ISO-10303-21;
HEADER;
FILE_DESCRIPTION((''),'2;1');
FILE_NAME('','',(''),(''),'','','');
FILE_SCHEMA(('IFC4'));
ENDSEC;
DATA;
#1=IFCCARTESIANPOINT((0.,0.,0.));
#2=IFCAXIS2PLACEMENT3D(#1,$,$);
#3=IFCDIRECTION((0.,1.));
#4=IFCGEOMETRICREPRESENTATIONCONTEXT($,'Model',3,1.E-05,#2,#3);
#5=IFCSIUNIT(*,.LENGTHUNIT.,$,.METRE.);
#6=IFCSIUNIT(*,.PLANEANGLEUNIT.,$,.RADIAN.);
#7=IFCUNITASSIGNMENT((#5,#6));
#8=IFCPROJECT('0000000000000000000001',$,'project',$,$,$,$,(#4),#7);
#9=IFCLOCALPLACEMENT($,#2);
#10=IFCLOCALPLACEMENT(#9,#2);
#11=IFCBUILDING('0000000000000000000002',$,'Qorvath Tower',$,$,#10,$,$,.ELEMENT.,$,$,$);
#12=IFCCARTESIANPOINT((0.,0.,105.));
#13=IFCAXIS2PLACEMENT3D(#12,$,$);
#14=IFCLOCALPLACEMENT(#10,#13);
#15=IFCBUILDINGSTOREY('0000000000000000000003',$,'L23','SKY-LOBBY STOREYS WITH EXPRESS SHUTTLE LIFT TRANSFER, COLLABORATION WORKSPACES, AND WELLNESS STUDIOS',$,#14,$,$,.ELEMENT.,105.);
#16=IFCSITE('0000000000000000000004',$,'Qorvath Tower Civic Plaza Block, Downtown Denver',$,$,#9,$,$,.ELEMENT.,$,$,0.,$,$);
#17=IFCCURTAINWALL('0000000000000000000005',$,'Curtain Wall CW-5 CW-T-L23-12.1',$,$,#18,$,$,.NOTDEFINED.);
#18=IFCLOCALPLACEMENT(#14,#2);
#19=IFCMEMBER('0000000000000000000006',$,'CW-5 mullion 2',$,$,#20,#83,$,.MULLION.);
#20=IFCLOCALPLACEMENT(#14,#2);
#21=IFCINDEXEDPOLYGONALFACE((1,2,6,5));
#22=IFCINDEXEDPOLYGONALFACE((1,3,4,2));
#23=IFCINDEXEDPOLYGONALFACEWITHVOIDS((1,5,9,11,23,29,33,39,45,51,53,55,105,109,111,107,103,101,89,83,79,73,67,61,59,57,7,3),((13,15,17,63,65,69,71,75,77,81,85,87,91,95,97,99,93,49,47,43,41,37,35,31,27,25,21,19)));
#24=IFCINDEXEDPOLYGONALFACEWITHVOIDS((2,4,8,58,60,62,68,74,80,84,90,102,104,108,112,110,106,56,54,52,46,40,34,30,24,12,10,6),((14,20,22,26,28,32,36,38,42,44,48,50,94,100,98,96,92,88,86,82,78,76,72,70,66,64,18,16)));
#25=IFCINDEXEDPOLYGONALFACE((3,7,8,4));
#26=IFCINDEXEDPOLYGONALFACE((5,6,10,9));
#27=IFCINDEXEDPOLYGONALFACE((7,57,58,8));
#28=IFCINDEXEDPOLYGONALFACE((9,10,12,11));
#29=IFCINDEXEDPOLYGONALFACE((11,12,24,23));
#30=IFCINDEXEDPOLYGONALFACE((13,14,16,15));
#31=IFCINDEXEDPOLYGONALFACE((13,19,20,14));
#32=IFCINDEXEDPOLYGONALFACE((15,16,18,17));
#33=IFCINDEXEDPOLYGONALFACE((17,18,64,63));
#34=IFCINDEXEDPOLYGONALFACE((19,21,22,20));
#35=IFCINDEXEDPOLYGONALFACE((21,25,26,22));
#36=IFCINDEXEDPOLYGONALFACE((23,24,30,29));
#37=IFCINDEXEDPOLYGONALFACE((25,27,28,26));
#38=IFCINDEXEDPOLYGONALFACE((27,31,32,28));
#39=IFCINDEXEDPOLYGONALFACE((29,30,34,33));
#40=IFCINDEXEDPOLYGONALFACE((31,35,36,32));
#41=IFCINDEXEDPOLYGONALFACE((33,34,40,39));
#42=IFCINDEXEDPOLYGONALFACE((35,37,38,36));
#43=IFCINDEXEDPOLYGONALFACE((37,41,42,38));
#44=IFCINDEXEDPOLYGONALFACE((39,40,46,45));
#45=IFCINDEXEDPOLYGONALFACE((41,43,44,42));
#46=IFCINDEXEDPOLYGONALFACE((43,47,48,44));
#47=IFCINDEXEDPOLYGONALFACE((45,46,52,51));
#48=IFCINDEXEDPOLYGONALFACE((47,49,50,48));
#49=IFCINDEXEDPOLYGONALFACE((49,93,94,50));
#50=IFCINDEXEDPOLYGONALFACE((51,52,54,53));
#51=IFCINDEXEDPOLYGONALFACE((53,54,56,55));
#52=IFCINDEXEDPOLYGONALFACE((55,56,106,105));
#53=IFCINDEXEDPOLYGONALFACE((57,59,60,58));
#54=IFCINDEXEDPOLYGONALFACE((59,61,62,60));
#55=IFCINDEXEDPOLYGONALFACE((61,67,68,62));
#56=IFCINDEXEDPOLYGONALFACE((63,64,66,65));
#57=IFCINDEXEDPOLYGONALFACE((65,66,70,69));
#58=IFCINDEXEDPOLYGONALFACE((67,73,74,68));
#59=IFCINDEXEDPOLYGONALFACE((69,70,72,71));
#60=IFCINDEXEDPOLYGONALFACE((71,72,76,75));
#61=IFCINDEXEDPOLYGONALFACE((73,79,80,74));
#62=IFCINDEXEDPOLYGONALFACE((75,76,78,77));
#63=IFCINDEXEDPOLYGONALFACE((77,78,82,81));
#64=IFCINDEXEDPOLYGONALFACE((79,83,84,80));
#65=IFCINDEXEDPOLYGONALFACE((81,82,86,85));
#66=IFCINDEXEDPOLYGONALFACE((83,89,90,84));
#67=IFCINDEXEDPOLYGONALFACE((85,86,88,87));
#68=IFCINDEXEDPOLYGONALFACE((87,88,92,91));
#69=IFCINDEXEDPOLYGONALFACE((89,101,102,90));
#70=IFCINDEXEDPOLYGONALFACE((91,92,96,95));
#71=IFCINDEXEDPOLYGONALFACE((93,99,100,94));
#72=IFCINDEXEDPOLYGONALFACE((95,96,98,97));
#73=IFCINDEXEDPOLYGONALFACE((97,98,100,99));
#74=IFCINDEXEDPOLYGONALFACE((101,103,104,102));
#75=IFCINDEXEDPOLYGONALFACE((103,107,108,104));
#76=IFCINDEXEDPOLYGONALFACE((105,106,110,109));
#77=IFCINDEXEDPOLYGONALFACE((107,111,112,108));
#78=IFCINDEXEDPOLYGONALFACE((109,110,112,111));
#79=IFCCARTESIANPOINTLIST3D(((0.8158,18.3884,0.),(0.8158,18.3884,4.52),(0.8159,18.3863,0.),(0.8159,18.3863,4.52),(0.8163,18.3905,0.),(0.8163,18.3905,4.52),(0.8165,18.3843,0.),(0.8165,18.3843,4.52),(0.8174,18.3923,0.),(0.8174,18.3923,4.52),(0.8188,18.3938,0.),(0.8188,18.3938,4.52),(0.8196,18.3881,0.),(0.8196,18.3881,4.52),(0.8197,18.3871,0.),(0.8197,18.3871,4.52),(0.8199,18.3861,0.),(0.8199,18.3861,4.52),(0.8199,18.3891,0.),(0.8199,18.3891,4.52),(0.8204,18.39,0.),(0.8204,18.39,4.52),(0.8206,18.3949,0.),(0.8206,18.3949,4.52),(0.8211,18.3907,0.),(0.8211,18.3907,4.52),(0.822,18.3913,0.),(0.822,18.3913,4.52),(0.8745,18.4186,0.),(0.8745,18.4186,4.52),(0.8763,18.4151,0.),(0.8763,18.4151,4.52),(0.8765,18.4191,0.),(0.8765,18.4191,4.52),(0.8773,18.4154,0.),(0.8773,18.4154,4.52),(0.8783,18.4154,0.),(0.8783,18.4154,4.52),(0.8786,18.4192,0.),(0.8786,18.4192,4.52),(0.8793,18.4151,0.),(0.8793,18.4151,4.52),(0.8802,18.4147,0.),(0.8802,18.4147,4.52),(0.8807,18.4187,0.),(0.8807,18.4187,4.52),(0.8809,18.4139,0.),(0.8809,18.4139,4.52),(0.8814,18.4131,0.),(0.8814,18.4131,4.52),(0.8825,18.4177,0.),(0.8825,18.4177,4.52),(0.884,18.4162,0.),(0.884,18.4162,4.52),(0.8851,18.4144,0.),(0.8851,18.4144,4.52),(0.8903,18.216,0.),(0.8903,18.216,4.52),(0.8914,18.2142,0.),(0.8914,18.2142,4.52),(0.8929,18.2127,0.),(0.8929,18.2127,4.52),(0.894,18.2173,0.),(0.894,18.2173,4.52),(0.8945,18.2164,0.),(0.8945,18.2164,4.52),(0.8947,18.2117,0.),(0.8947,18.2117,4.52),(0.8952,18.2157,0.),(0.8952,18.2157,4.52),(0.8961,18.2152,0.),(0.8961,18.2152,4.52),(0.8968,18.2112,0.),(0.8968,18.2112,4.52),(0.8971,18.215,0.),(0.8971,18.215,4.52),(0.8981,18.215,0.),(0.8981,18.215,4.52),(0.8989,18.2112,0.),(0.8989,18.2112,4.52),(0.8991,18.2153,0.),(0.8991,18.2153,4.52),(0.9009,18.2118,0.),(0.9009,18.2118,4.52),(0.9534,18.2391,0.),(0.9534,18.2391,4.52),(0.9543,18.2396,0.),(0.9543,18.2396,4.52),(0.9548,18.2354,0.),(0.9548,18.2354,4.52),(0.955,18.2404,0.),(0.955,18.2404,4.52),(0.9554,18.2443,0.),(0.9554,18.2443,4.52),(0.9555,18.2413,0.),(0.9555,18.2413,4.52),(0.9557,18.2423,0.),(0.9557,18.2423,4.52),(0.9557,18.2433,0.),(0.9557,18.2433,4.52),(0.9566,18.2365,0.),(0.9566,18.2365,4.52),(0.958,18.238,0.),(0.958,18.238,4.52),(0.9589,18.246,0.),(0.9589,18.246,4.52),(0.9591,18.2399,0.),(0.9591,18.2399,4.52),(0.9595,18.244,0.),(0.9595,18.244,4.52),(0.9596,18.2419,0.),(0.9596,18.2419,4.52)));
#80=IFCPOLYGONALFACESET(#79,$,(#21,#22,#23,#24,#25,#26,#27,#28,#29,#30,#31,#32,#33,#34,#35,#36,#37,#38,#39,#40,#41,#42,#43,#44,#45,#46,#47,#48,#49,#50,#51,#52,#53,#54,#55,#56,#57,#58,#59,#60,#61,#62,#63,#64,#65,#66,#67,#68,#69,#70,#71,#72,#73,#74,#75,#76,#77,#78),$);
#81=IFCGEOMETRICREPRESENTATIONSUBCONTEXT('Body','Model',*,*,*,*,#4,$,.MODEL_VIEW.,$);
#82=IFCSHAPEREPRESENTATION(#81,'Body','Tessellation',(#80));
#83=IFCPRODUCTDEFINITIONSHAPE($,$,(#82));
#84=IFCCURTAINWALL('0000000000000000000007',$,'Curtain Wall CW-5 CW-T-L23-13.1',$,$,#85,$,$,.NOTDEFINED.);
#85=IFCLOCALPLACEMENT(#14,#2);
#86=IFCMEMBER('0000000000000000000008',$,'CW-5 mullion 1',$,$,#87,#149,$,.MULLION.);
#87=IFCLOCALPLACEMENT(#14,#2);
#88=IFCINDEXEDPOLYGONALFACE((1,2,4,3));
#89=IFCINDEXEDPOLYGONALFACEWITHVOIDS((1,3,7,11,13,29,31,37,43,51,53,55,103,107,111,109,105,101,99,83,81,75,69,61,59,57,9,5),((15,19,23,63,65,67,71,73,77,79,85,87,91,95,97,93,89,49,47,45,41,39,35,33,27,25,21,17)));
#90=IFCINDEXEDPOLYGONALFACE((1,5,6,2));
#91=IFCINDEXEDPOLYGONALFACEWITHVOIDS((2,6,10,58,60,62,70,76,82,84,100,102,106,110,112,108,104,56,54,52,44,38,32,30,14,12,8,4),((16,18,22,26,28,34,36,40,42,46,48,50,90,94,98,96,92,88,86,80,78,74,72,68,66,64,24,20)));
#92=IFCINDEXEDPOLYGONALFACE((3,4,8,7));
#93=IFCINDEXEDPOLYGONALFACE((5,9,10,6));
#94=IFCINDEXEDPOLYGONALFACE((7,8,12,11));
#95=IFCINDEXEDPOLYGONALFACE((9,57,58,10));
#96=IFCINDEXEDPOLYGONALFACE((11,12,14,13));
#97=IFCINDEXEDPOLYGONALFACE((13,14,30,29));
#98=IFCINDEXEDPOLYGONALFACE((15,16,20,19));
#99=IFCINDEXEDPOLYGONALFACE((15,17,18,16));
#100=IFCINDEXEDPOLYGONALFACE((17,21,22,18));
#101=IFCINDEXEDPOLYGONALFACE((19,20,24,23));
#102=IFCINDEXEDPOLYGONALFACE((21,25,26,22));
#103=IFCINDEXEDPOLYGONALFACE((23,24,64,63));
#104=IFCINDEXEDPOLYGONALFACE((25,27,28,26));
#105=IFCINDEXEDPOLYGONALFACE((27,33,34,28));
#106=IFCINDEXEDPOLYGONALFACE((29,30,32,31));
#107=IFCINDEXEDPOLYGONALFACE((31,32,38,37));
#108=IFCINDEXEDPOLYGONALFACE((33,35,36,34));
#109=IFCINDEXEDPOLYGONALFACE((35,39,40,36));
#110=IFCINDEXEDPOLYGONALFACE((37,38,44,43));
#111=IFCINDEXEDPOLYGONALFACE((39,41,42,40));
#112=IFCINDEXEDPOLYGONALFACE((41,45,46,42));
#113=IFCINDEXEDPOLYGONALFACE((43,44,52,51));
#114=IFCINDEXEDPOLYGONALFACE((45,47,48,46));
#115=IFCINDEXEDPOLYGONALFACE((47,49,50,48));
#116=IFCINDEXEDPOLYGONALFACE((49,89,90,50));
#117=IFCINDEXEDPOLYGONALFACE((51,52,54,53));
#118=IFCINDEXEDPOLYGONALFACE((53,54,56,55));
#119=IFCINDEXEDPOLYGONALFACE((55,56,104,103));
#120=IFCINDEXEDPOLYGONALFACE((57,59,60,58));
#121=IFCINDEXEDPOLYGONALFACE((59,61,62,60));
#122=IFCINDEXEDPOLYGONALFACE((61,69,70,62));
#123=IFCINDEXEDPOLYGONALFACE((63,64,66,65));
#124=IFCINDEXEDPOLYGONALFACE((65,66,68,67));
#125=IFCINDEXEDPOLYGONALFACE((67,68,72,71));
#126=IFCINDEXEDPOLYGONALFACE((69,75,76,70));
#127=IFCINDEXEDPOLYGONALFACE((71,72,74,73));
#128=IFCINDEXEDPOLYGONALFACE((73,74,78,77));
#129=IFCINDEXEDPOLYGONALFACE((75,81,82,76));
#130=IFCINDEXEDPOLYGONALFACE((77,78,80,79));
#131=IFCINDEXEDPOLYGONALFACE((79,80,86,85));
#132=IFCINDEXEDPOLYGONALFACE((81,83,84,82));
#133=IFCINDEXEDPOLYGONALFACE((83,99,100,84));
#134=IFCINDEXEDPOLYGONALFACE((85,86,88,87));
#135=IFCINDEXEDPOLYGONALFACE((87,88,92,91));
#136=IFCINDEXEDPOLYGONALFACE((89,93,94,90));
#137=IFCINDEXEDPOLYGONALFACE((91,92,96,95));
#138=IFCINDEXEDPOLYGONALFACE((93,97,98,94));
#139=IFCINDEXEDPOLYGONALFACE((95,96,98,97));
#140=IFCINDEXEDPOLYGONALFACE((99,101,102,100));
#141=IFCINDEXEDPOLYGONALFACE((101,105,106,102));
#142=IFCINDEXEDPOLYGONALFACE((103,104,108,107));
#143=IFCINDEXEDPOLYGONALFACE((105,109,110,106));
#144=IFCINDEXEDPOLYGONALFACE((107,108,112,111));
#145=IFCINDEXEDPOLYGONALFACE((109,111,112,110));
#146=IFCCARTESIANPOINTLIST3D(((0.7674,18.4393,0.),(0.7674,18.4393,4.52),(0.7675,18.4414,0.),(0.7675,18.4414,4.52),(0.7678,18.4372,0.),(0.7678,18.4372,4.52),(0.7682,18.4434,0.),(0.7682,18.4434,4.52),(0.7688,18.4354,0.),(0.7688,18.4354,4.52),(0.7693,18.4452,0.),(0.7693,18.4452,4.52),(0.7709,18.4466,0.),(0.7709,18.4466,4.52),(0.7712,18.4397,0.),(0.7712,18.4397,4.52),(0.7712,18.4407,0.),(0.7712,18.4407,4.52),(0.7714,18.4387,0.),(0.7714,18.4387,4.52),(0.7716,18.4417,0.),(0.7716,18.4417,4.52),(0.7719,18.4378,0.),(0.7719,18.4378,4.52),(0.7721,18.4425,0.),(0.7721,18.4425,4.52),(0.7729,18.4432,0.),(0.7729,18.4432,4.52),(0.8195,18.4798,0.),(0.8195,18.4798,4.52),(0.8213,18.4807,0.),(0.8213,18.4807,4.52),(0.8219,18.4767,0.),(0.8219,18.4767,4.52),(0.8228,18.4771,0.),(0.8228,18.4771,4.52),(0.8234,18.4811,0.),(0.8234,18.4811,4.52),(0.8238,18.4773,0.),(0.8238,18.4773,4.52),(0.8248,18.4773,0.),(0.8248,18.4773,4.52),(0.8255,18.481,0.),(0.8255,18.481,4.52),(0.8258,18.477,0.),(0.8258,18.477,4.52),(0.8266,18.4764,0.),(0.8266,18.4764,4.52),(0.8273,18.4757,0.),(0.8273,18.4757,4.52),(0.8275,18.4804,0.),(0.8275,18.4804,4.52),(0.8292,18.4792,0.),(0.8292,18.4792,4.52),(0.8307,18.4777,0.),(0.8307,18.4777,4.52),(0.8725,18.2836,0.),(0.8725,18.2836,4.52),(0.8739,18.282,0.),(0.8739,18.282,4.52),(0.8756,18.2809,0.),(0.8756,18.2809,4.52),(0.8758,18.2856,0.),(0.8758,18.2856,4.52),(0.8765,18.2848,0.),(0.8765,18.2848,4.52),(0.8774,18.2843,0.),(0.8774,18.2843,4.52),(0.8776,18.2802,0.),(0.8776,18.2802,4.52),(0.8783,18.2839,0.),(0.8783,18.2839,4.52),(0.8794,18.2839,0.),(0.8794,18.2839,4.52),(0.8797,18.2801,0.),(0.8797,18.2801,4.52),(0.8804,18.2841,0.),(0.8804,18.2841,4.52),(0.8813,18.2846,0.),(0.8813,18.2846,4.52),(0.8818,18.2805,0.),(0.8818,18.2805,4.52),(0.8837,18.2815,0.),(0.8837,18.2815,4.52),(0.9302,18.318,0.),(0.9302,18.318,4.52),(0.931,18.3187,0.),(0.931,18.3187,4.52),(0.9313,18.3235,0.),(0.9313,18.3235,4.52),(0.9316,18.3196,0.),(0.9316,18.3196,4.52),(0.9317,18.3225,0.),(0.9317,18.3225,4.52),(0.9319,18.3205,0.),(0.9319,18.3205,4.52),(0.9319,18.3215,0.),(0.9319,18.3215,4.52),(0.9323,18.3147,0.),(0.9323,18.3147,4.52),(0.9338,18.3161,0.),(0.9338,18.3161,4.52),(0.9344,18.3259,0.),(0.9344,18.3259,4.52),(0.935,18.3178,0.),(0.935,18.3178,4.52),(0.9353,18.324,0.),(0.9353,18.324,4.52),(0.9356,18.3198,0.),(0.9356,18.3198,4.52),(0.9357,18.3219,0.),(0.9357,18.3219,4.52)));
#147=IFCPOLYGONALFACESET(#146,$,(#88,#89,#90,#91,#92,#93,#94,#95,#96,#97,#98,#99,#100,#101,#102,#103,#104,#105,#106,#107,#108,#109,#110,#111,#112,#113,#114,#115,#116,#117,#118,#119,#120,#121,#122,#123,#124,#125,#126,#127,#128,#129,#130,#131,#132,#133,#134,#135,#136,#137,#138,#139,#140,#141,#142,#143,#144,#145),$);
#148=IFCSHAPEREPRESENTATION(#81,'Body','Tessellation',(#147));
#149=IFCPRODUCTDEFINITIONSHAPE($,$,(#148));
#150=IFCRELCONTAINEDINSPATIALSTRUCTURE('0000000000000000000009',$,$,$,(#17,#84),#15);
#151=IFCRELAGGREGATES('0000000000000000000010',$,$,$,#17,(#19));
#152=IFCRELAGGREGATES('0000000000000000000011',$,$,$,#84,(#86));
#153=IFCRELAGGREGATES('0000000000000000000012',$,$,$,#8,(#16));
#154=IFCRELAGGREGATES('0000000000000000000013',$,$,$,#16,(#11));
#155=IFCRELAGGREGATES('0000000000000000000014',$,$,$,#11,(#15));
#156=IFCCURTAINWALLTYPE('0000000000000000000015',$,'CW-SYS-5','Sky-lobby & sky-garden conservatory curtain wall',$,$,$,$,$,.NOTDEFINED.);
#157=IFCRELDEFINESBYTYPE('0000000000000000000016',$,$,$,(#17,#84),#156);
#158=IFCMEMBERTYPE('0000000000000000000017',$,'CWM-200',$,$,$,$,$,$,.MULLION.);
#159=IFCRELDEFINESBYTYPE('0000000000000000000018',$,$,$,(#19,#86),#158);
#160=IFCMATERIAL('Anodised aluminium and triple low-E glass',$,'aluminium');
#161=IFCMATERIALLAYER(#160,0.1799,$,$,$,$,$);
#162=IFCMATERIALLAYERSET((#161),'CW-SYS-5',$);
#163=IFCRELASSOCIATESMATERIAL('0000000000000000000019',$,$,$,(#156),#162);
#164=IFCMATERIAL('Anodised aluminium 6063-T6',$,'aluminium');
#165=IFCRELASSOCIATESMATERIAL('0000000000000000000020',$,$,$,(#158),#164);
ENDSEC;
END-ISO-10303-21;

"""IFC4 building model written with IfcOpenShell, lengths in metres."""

from ifc_helpers import new_model, si_unit, direction, frame, origin, origin_2d, place, context, subcontext, project, spatial, hollow_rectangle, extrude, material, layer, layer_set, material_profile, profile_set, type_object, element, aggregate, save


model = new_model("IFC4")

# Units and contexts
model_context = context("Model", 3, precision=1e-05, world=origin(), true_north=direction((0.0, 1.0)))
body_context = subcontext(model_context, "Body", "Model", "MODEL_VIEW")
ifc_project = project(units=[si_unit("LENGTHUNIT", "METRE"), si_unit("PLANEANGLEUNIT", "RADIAN")], contexts=[model_context])

# Site, building, storey
site_placement = place(None, origin())
site = spatial("IfcSite", under=ifc_project, at=site_placement, Name="Qorvath Tower Civic Plaza Block, Downtown Denver", CompositionType="ELEMENT", RefElevation=0.0)
building_placement = place(site_placement, origin())
building = spatial("IfcBuilding", under=site, at=building_placement, Name="Qorvath Tower", CompositionType="ELEMENT")
storey_placement = place(building_placement, frame((0.0, 0.0, 105.0)))
storey = spatial("IfcBuildingStorey", under=building, at=storey_placement, Name="L23", Description="SKY-LOBBY STOREYS WITH EXPRESS SHUTTLE LIFT TRANSFER, COLLABORATION WORKSPACES, AND WELLNESS STUDIOS", CompositionType="ELEMENT", Elevation=105.0)

# Shared definitions
ifc_material_1 = material(Name="Anodised aluminium and triple low-E glass", Category="aluminium")
ifc_layer_1 = layer(ifc_material_1, 0.1799)
ifc_layer_set_1 = layer_set([ifc_layer_1], Name="CW-SYS-5")
curtain_wall_type = type_object("IfcCurtainWallType", Name="CW-SYS-5", Description="Sky-lobby & sky-garden conservatory curtain wall", PredefinedType="NOTDEFINED", material=ifc_layer_set_1)
ifc_material_2 = material(Name="Anodised aluminium 6063-T6", Category="aluminium")
ifc_material_profile_1 = material_profile(ifc_material_2, hollow_rectangle(XDim=0.075, YDim=0.2, WallThickness=0.0039, InnerFilletRadius=0.0039, OuterFilletRadius=0.0081, at=origin_2d()), Name="CWM 200x75")
ifc_profile_set_1 = profile_set([ifc_material_profile_1], Name="Anodised aluminium 6063-T6")
member_type_1 = type_object("IfcMemberType", Name="CWM-200", PredefinedType="MULLION", material=ifc_profile_set_1)

# Curtain walls, members
curtain_wall_1_placement = place(storey_placement, origin())
curtain_wall_1 = element("IfcCurtainWall", 1, at=curtain_wall_1_placement, inside=storey, type_object=curtain_wall_type, Name="Curtain Wall CW-5 CW-T-L23-12.1", PredefinedType="NOTDEFINED")
member_1_placement = place(storey_placement, frame((0.8877, 18.3152, 0.0), z_axis=(0.0, 0.0, 1.0), x_axis=(-0.915851, -0.401519, 0.0)))
member_1 = element("IfcMember", 2, at=member_1_placement, type_object=member_type_1, Name="CW-5 mullion 2", PredefinedType="MULLION", context=body_context, shape_type="SweptSolid", body=[
    extrude(hollow_rectangle(XDim=0.075, YDim=0.2, WallThickness=0.0039, InnerFilletRadius=0.0039, OuterFilletRadius=0.0081, at=origin_2d()), origin(), (0.0, 0.0, 1.0), 4.52),
])
curtain_wall_2_placement = place(storey_placement, origin())
curtain_wall_2 = element("IfcCurtainWall", 3, at=curtain_wall_2_placement, inside=storey, type_object=curtain_wall_type, Name="Curtain Wall CW-5 CW-T-L23-13.1", PredefinedType="NOTDEFINED")
member_2_placement = place(storey_placement, frame((0.8516, 18.3806, 0.0), z_axis=(0.0, 0.0, 1.0), x_axis=(-0.825693, -0.56412, 0.0)))
member_2 = element("IfcMember", 4, at=member_2_placement, type_object=member_type_1, Name="CW-5 mullion 1", PredefinedType="MULLION", context=body_context, shape_type="SweptSolid", body=[
    extrude(hollow_rectangle(XDim=0.075, YDim=0.2, WallThickness=0.0039, InnerFilletRadius=0.0039, OuterFilletRadius=0.0081, at=origin_2d()), origin(), (0.0, 0.0, 1.0), 4.52),
])

aggregate(curtain_wall_1, [member_1])
aggregate(curtain_wall_2, [member_2])

save(model, "model.ifc")
